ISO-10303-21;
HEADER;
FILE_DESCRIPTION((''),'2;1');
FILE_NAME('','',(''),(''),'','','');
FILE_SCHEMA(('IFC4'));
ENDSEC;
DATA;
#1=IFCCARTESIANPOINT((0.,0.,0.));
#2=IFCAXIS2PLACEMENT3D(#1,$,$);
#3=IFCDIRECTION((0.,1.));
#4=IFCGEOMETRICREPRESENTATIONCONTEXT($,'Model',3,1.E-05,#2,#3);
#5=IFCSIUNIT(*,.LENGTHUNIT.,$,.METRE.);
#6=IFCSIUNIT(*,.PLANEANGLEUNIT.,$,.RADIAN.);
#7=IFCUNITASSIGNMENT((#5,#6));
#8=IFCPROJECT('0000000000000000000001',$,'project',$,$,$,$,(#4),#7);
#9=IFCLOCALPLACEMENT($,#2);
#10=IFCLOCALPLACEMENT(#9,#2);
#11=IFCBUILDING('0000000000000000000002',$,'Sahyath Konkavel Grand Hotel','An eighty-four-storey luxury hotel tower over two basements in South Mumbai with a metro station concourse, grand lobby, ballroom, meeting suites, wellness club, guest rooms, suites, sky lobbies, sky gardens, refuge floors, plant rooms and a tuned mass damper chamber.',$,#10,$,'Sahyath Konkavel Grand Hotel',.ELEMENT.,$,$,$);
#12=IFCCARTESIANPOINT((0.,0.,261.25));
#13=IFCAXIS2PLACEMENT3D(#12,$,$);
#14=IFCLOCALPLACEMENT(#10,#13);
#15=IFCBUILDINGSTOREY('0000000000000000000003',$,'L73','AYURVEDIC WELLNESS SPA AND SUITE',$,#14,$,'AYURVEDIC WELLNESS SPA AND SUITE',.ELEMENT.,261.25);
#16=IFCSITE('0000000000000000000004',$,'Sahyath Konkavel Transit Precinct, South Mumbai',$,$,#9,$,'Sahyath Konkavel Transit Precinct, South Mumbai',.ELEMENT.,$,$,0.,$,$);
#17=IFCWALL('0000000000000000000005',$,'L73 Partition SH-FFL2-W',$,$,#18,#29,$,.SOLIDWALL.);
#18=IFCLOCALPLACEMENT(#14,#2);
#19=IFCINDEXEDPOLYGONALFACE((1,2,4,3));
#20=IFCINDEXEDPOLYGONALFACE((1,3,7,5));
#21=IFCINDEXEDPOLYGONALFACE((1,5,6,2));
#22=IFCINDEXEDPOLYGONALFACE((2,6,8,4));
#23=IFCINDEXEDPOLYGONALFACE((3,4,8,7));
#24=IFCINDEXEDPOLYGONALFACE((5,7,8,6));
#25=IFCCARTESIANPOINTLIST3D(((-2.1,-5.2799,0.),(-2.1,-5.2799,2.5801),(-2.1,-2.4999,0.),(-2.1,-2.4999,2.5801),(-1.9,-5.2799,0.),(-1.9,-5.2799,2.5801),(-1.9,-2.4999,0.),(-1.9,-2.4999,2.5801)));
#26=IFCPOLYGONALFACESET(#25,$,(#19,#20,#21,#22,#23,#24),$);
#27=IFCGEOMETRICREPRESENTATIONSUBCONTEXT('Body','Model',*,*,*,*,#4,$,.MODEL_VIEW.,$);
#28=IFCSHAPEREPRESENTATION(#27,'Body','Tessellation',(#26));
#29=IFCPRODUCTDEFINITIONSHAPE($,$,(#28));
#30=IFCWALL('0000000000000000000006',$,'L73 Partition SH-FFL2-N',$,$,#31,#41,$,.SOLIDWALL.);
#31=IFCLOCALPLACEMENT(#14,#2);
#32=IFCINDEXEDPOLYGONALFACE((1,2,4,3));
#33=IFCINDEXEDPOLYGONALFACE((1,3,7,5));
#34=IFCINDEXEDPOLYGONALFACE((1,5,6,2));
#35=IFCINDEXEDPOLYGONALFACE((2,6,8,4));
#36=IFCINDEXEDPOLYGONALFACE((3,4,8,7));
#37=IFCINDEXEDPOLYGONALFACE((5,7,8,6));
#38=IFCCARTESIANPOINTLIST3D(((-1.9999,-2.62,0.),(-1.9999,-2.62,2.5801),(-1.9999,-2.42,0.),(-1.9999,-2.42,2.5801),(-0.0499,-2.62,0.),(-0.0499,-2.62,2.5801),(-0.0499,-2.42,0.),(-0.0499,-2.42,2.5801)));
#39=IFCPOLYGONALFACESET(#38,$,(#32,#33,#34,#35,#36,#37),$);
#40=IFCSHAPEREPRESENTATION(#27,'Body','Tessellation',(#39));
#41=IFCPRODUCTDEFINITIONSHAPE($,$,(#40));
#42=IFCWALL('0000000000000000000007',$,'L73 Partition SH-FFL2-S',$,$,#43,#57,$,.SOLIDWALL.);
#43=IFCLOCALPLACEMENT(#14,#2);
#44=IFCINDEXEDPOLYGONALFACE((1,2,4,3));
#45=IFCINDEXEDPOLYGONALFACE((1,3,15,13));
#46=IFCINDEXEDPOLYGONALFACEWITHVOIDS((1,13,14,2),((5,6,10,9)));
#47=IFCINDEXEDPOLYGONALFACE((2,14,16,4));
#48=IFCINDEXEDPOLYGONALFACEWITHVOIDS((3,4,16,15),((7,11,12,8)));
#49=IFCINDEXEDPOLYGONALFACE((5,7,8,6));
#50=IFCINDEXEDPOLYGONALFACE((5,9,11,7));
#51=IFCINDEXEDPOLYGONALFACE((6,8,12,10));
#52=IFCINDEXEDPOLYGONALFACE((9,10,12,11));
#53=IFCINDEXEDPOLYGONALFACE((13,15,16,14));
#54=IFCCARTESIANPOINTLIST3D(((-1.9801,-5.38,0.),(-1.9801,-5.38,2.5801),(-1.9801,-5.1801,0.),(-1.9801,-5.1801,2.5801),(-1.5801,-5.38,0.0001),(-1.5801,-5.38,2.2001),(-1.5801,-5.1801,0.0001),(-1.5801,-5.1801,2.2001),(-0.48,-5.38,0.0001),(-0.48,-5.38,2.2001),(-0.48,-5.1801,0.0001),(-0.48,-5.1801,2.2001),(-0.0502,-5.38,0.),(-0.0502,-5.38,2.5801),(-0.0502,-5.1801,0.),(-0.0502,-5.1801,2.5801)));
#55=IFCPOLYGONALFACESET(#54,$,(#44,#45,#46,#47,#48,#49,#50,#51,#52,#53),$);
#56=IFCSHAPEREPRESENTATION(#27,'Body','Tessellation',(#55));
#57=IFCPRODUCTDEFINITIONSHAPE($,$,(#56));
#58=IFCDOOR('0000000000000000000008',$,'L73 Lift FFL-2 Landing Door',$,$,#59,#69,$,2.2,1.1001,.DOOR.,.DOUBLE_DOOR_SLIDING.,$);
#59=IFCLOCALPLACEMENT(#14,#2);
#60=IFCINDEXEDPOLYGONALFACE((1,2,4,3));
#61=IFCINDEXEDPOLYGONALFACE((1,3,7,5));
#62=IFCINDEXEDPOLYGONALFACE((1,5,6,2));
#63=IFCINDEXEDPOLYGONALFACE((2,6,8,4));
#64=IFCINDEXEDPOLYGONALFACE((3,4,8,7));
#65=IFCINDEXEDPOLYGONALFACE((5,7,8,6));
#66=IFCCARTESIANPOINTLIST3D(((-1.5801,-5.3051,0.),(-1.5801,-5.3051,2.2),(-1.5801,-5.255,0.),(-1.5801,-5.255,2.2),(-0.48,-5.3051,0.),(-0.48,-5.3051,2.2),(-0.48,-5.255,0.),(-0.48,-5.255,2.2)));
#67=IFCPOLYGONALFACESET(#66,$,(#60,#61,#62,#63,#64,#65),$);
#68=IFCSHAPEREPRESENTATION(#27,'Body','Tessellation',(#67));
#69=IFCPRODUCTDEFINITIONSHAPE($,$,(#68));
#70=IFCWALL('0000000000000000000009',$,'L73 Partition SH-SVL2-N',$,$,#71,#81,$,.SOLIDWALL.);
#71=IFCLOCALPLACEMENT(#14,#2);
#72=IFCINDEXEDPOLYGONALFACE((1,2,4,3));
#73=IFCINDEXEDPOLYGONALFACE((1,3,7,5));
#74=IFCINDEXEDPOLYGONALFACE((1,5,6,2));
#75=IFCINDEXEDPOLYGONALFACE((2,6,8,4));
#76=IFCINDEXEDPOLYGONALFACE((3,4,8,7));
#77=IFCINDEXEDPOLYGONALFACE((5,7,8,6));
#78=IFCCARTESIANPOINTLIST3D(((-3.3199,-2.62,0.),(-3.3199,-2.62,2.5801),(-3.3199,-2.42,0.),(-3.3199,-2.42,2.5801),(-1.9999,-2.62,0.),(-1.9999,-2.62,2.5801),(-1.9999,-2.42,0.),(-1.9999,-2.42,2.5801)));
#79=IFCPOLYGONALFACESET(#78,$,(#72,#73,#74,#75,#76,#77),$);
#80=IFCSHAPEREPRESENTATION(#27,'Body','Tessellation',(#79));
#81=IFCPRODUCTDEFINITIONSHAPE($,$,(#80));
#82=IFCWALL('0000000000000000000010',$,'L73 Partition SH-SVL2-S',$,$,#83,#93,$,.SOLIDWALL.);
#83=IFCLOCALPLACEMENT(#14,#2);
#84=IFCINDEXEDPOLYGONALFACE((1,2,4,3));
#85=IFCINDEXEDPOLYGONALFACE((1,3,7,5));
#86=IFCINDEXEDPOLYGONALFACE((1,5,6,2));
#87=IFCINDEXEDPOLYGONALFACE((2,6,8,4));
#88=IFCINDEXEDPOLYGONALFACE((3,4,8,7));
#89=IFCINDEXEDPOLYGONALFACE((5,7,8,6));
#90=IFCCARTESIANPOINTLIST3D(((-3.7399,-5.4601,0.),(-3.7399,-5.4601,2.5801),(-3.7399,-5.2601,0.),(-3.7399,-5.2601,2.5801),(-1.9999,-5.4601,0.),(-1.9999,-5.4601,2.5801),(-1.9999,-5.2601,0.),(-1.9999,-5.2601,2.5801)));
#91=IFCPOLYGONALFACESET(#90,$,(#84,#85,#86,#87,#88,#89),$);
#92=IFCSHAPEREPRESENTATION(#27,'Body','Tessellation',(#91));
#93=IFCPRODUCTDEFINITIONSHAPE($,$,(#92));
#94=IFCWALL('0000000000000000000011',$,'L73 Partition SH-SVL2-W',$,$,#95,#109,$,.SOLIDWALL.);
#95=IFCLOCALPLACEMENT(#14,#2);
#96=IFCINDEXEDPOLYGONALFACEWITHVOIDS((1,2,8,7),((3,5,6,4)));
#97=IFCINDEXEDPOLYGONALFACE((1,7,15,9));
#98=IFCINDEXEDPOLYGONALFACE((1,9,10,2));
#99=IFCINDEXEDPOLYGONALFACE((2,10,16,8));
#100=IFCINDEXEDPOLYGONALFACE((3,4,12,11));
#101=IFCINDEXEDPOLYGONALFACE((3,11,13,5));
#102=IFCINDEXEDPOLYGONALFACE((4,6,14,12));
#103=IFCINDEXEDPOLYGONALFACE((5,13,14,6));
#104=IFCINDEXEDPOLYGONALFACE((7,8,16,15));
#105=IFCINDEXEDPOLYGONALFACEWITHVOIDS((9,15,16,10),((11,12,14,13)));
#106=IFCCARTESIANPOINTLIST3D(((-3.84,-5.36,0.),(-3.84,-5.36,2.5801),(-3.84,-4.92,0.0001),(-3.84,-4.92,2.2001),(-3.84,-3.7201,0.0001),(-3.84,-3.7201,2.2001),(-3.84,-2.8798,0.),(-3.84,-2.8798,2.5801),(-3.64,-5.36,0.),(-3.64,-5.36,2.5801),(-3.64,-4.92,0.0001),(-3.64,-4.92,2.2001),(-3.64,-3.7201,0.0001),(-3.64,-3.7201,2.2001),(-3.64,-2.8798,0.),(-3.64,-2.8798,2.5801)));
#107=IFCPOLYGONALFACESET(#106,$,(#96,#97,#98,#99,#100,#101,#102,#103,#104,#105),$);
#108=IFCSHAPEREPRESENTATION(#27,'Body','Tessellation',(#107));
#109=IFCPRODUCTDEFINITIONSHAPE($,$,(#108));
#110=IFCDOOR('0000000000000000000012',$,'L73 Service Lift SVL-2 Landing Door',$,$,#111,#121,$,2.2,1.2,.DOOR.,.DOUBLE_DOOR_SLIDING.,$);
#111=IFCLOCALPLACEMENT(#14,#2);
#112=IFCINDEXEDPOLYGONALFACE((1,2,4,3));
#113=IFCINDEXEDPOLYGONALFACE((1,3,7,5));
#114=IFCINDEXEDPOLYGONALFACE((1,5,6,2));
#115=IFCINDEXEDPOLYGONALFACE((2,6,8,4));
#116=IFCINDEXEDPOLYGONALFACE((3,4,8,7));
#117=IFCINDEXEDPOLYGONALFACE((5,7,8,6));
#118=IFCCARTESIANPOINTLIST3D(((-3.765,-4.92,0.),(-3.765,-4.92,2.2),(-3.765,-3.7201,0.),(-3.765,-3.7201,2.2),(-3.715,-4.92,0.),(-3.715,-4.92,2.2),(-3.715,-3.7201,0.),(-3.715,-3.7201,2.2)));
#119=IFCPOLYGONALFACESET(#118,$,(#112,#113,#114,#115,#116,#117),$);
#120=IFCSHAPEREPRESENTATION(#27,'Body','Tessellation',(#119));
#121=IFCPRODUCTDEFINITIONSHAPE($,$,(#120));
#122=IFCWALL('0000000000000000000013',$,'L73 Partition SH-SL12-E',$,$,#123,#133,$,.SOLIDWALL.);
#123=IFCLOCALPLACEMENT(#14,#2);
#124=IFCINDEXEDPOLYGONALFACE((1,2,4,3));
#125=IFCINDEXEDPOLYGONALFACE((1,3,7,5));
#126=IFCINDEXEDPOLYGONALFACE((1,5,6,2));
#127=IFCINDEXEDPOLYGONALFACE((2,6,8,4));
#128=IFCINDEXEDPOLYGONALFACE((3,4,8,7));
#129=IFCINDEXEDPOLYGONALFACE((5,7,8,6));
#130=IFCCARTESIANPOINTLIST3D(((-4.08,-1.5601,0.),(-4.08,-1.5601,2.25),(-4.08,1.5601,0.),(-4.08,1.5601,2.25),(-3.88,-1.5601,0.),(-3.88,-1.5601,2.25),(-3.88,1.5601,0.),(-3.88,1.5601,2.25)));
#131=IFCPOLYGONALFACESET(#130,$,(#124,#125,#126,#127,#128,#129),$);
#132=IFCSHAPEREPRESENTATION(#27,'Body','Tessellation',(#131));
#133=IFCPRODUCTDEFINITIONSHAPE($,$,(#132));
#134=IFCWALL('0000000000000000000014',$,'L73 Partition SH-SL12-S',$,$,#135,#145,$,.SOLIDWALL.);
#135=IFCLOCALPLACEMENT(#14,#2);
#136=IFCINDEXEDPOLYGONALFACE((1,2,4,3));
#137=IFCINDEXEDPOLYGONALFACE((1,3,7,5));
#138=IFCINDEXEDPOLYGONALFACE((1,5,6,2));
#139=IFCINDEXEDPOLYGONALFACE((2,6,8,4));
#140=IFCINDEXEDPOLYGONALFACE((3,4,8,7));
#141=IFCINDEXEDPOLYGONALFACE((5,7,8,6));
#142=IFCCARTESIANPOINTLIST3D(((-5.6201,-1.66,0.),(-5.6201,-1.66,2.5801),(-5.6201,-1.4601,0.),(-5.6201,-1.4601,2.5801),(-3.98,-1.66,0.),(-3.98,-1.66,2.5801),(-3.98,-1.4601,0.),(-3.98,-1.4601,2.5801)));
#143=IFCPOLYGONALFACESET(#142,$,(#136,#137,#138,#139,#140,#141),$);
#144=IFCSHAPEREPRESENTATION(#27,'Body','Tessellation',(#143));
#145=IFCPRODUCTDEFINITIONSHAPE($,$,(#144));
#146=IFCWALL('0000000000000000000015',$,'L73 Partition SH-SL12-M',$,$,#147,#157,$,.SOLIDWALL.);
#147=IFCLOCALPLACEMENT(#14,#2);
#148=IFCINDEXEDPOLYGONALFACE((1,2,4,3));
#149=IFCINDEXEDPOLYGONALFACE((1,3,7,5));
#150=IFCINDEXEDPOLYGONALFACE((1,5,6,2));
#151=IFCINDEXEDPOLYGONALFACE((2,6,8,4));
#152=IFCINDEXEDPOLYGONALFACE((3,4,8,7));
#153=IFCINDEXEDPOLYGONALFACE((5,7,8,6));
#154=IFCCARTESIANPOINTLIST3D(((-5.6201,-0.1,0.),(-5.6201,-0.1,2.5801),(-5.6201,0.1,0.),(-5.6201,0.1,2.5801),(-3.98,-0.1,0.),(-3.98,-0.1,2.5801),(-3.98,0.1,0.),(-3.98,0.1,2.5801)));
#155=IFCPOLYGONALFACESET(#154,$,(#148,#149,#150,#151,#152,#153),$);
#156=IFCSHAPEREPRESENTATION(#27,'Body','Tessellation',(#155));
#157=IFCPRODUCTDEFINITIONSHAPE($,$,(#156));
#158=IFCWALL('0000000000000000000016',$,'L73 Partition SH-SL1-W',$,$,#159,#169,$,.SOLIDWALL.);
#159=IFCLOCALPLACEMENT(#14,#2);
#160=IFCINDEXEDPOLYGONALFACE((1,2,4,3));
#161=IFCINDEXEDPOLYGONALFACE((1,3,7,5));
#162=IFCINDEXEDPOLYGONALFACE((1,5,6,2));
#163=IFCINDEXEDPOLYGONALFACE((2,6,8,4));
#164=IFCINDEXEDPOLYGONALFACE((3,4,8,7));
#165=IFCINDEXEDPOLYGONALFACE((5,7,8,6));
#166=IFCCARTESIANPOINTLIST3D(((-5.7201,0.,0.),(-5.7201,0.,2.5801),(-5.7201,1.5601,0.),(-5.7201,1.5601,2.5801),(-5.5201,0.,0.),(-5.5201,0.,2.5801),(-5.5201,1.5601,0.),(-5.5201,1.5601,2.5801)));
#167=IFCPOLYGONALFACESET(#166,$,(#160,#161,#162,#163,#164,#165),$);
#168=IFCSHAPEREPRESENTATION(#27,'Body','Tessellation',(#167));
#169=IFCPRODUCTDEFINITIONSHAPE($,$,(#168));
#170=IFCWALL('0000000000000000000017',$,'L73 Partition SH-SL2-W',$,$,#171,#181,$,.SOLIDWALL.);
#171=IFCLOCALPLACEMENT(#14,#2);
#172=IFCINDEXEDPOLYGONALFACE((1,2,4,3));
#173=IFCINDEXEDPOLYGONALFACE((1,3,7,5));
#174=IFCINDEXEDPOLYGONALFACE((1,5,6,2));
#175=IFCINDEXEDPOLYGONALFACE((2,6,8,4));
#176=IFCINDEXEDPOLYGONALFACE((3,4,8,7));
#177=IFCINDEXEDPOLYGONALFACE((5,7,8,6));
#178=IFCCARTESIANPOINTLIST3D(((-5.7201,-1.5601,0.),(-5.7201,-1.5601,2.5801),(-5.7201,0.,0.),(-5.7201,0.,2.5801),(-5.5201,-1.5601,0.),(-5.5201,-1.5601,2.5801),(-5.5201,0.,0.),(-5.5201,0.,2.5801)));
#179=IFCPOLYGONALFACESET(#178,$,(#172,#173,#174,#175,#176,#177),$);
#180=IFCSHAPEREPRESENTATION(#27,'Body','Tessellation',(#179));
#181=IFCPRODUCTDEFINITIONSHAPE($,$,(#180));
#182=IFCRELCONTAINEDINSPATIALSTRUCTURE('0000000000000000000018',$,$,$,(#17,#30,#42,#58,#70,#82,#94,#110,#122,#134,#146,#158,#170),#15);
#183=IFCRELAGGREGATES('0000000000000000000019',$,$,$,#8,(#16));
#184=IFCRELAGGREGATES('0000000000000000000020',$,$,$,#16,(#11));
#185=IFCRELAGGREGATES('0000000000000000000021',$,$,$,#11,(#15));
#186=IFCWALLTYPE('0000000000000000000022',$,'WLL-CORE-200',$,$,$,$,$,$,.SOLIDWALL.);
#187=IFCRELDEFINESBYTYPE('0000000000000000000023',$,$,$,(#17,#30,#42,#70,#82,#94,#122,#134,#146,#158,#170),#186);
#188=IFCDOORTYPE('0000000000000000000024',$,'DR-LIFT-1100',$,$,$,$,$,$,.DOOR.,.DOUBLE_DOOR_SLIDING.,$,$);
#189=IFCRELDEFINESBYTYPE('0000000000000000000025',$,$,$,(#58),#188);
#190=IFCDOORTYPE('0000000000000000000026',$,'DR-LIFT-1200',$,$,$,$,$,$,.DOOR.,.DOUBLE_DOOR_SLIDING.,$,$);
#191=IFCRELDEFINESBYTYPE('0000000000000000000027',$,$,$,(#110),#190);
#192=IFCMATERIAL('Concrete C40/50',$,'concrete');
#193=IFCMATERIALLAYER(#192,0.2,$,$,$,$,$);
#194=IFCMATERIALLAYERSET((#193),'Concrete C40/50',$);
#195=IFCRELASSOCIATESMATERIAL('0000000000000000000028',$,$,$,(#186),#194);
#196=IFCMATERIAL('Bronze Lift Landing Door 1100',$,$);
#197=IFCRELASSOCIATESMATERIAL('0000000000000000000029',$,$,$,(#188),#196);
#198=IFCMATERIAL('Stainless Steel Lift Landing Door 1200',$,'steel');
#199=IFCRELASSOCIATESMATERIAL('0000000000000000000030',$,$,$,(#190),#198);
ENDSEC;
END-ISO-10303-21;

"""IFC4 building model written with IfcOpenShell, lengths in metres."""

from ifc_helpers import new_model, si_unit, direction, frame, frame_2d, origin, origin_2d, place, context, subcontext, project, spatial, rectangle, extrude, source, transform, mapped, material, layer, layer_set, type_object, element, fill, save


model = new_model("IFC4")

# Units and contexts
model_context = context("Model", 3, precision=1e-05, world=origin(), true_north=direction((0.0, 1.0)))
body_context = subcontext(model_context, "Body", "Model", "MODEL_VIEW")
ifc_project = project(units=[si_unit("LENGTHUNIT", "METRE"), si_unit("PLANEANGLEUNIT", "RADIAN")], contexts=[model_context])

# Site, building, storey
site_placement = place(None, origin())
site = spatial("IfcSite", under=ifc_project, at=site_placement, Name="Sahyath Konkavel Transit Precinct, South Mumbai", LongName="Sahyath Konkavel Transit Precinct, South Mumbai", CompositionType="ELEMENT", RefElevation=0.0)
building_placement = place(site_placement, origin())
building = spatial("IfcBuilding", under=site, at=building_placement, Name="Sahyath Konkavel Grand Hotel", Description="An eighty-four-storey luxury hotel tower over two basements in South Mumbai with a metro station concourse, grand lobby, ballroom, meeting suites, wellness club, guest rooms, suites, sky lobbies, sky gardens, refuge floors, plant rooms and a tuned mass damper chamber.", LongName="Sahyath Konkavel Grand Hotel", CompositionType="ELEMENT")
storey_placement = place(building_placement, frame((0.0, 0.0, 261.25)))
storey = spatial("IfcBuildingStorey", under=building, at=storey_placement, Name="L73", Description="AYURVEDIC WELLNESS SPA AND SUITE", LongName="AYURVEDIC WELLNESS SPA AND SUITE", CompositionType="ELEMENT", Elevation=261.25)

# Shared definitions
ifc_material_1 = material(Name="Concrete C40/50", Category="concrete")

# Walls
ifc_layer_1 = layer(ifc_material_1, 0.2)
ifc_layer_set_1 = layer_set([ifc_layer_1], Name="Concrete C40/50")
wall_type_1 = type_object("IfcWallType", Name="WLL-CORE-200", PredefinedType="SOLIDWALL", material=ifc_layer_set_1)
wall_1_placement = place(storey_placement, frame((-2.0, -5.28, 0.0), z_axis=(0.0, 0.0, 1.0), x_axis=(0.0, 1.0, 0.0)))
element("IfcWall", 1, at=wall_1_placement, inside=storey, type_object=wall_type_1, Name="L73 Partition SH-FFL2-W", PredefinedType="SOLIDWALL", context=body_context, shape_type="SweptSolid", body=[
    extrude(rectangle(XDim=2.78, YDim=0.2, at=frame_2d((1.3901, 0.0))), origin(), (0.0, 0.0, 1.0), 2.5801),
])
wall_2_placement = place(storey_placement, frame((-2.0, -2.52, 0.0), z_axis=(0.0, 0.0, 1.0), x_axis=(1.0, 0.0, 0.0)))
element("IfcWall", 2, at=wall_2_placement, inside=storey, type_object=wall_type_1, Name="L73 Partition SH-FFL2-N", PredefinedType="SOLIDWALL", context=body_context, shape_type="SweptSolid", body=[
    extrude(rectangle(XDim=1.95, YDim=0.2, at=frame_2d((0.9751, 0.0))), origin(), (0.0, 0.0, 1.0), 2.5801),
])

# Wall, opening, door
wall_3_placement = place(storey_placement, frame((-1.98, -5.28, 0.0), z_axis=(0.0, 0.0, 1.0), x_axis=(1.0, 0.0, 0.0)))
wall_3 = element("IfcWall", 3, at=wall_3_placement, inside=storey, type_object=wall_type_1, Name="L73 Partition SH-FFL2-S", PredefinedType="SOLIDWALL", context=body_context, shape_type="SweptSolid", body=[
    extrude(rectangle(XDim=1.9299, YDim=0.2, at=frame_2d((0.9648, 0.0))), origin(), (0.0, 0.0, 1.0), 2.5801),
])
opening_1_placement = place(wall_3_placement, frame((0.3999, 0.0, 0.0)))
opening_1 = element("IfcOpeningElement", 4, at=opening_1_placement, cuts=wall_3, PredefinedType="OPENING", context=body_context, shape_type="SweptSolid", body=[
    extrude(rectangle(XDim=1.1001, YDim=2.2, at=frame_2d((0.55, 1.1001))), frame((0.0, 0.1099, 0.0), z_axis=(0.0, -1.0, 0.0), x_axis=(1.0, 0.0, 0.0)), (0.0, 0.0, 1.0), 0.22),
])
ifc_material_2 = material(Name="Bronze Lift Landing Door 1100")
door_type_1 = type_object("IfcDoorType", Name="DR-LIFT-1100", OperationType="DOUBLE_DOOR_SLIDING", PredefinedType="DOOR", material=ifc_material_2)
shared_shape_1 = source(origin(), body_context, "Body", "SweptSolid", [
    extrude(rectangle(XDim=1.1001, YDim=0.05, at=origin_2d()), origin(), (0.0, 0.0, 1.0), 2.2),
])
door_1_placement = place(opening_1_placement, frame((0.55, 0.0, 0.0)))
door_1 = element("IfcDoor", 5, at=door_1_placement, inside=storey, type_object=door_type_1, Name="L73 Lift FFL-2 Landing Door", OperationType="DOUBLE_DOOR_SLIDING", OverallHeight=2.2, OverallWidth=1.1001, PredefinedType="DOOR", context=body_context, shape_type="MappedRepresentation", body=[
    mapped(shared_shape_1, transform((0.0, 0.0, 0.0), scale=1.0)),
])
fill(opening_1, door_1)

# Walls
wall_4_placement = place(storey_placement, frame((-3.3201, -2.52, 0.0), z_axis=(0.0, 0.0, 1.0), x_axis=(1.0, 0.0, 0.0)))
element("IfcWall", 6, at=wall_4_placement, inside=storey, type_object=wall_type_1, Name="L73 Partition SH-SVL2-N", PredefinedType="SOLIDWALL", context=body_context, shape_type="SweptSolid", body=[
    extrude(rectangle(XDim=1.3201, YDim=0.2, at=frame_2d((0.6602, 0.0))), origin(), (0.0, 0.0, 1.0), 2.5801),
])
wall_5_placement = place(storey_placement, frame((-3.74, -5.3601, 0.0), z_axis=(0.0, 0.0, 1.0), x_axis=(1.0, 0.0, 0.0)))
element("IfcWall", 7, at=wall_5_placement, inside=storey, type_object=wall_type_1, Name="L73 Partition SH-SVL2-S", PredefinedType="SOLIDWALL", context=body_context, shape_type="SweptSolid", body=[
    extrude(rectangle(XDim=1.74, YDim=0.2, at=frame_2d((0.8701, 0.0))), origin(), (0.0, 0.0, 1.0), 2.5801),
])

# Wall, opening, door
wall_6_placement = place(storey_placement, frame((-3.74, -5.3601, 0.0), z_axis=(0.0, 0.0, 1.0), x_axis=(0.0, 1.0, 0.0)))
wall_6 = element("IfcWall", 8, at=wall_6_placement, inside=storey, type_object=wall_type_1, Name="L73 Partition SH-SVL2-W", PredefinedType="SOLIDWALL", context=body_context, shape_type="SweptSolid", body=[
    extrude(rectangle(XDim=2.4802, YDim=0.2, at=frame_2d((1.2402, 0.0))), origin(), (0.0, 0.0, 1.0), 2.5801),
])
opening_2_placement = place(wall_6_placement, frame((0.4399, 0.0, 0.0)))
opening_2 = element("IfcOpeningElement", 9, at=opening_2_placement, cuts=wall_6, PredefinedType="OPENING", context=body_context, shape_type="SweptSolid", body=[
    extrude(rectangle(XDim=1.2, YDim=2.2, at=frame_2d((0.6001, 1.1001))), frame((0.0, 0.1099, 0.0), z_axis=(0.0, -1.0, 0.0), x_axis=(1.0, 0.0, 0.0)), (0.0, 0.0, 1.0), 0.22),
])
ifc_material_3 = material(Name="Stainless Steel Lift Landing Door 1200", Category="steel")
door_type_2 = type_object("IfcDoorType", Name="DR-LIFT-1200", OperationType="DOUBLE_DOOR_SLIDING", PredefinedType="DOOR", material=ifc_material_3)
shared_shape_2 = source(origin(), body_context, "Body", "SweptSolid", [
    extrude(rectangle(XDim=1.2, YDim=0.05, at=origin_2d()), origin(), (0.0, 0.0, 1.0), 2.2),
])
door_2_placement = place(opening_2_placement, frame((0.6001, 0.0, 0.0)))
door_2 = element("IfcDoor", 10, at=door_2_placement, inside=storey, type_object=door_type_2, Name="L73 Service Lift SVL-2 Landing Door", OperationType="DOUBLE_DOOR_SLIDING", OverallHeight=2.2, OverallWidth=1.2, PredefinedType="DOOR", context=body_context, shape_type="MappedRepresentation", body=[
    mapped(shared_shape_2, transform((0.0, 0.0, 0.0), scale=1.0)),
])
fill(opening_2, door_2)

# Walls
wall_7_placement = place(storey_placement, frame((-3.98, -1.5601, 0.0), z_axis=(0.0, 0.0, 1.0), x_axis=(0.0, 1.0, 0.0)))
element("IfcWall", 11, at=wall_7_placement, inside=storey, type_object=wall_type_1, Name="L73 Partition SH-SL12-E", PredefinedType="SOLIDWALL", context=body_context, shape_type="SweptSolid", body=[
    extrude(rectangle(XDim=3.1201, YDim=0.2, at=frame_2d((1.5601, 0.0))), origin(), (0.0, 0.0, 1.0), 2.25),
])
for number, where, z_axis, x_axis, name in (
    (12, (-5.6201, -1.5601, 0.0), (0.0, 0.0, 1.0), (1.0, 0.0, 0.0), "L73 Partition SH-SL12-S"),
    (13, (-5.6201, 0.0, 0.0), (0.0, 0.0, 1.0), (1.0, 0.0, 0.0), "L73 Partition SH-SL12-M"),
):
    element("IfcWall", number, at=place(storey_placement, frame(where, z_axis=z_axis, x_axis=x_axis)), inside=storey, type_object=wall_type_1, Name=name, PredefinedType="SOLIDWALL", context=body_context, shape_type="SweptSolid", body=[
        extrude(rectangle(XDim=1.6401, YDim=0.2, at=frame_2d((0.8201, 0.0))), origin(), (0.0, 0.0, 1.0), 2.5801),
    ])
for number, where, z_axis, x_axis, name in (
    (14, (-5.6201, 0.0, 0.0), (0.0, 0.0, 1.0), (0.0, 1.0, 0.0), "L73 Partition SH-SL1-W"),
    (15, (-5.6201, -1.5601, 0.0), (0.0, 0.0, 1.0), (0.0, 1.0, 0.0), "L73 Partition SH-SL2-W"),
):
    element("IfcWall", number, at=place(storey_placement, frame(where, z_axis=z_axis, x_axis=x_axis)), inside=storey, type_object=wall_type_1, Name=name, PredefinedType="SOLIDWALL", context=body_context, shape_type="SweptSolid", body=[
        extrude(rectangle(XDim=1.5601, YDim=0.2, at=frame_2d((0.78, 0.0))), origin(), (0.0, 0.0, 1.0), 2.5801),
    ])

save(model, "model.ifc")
